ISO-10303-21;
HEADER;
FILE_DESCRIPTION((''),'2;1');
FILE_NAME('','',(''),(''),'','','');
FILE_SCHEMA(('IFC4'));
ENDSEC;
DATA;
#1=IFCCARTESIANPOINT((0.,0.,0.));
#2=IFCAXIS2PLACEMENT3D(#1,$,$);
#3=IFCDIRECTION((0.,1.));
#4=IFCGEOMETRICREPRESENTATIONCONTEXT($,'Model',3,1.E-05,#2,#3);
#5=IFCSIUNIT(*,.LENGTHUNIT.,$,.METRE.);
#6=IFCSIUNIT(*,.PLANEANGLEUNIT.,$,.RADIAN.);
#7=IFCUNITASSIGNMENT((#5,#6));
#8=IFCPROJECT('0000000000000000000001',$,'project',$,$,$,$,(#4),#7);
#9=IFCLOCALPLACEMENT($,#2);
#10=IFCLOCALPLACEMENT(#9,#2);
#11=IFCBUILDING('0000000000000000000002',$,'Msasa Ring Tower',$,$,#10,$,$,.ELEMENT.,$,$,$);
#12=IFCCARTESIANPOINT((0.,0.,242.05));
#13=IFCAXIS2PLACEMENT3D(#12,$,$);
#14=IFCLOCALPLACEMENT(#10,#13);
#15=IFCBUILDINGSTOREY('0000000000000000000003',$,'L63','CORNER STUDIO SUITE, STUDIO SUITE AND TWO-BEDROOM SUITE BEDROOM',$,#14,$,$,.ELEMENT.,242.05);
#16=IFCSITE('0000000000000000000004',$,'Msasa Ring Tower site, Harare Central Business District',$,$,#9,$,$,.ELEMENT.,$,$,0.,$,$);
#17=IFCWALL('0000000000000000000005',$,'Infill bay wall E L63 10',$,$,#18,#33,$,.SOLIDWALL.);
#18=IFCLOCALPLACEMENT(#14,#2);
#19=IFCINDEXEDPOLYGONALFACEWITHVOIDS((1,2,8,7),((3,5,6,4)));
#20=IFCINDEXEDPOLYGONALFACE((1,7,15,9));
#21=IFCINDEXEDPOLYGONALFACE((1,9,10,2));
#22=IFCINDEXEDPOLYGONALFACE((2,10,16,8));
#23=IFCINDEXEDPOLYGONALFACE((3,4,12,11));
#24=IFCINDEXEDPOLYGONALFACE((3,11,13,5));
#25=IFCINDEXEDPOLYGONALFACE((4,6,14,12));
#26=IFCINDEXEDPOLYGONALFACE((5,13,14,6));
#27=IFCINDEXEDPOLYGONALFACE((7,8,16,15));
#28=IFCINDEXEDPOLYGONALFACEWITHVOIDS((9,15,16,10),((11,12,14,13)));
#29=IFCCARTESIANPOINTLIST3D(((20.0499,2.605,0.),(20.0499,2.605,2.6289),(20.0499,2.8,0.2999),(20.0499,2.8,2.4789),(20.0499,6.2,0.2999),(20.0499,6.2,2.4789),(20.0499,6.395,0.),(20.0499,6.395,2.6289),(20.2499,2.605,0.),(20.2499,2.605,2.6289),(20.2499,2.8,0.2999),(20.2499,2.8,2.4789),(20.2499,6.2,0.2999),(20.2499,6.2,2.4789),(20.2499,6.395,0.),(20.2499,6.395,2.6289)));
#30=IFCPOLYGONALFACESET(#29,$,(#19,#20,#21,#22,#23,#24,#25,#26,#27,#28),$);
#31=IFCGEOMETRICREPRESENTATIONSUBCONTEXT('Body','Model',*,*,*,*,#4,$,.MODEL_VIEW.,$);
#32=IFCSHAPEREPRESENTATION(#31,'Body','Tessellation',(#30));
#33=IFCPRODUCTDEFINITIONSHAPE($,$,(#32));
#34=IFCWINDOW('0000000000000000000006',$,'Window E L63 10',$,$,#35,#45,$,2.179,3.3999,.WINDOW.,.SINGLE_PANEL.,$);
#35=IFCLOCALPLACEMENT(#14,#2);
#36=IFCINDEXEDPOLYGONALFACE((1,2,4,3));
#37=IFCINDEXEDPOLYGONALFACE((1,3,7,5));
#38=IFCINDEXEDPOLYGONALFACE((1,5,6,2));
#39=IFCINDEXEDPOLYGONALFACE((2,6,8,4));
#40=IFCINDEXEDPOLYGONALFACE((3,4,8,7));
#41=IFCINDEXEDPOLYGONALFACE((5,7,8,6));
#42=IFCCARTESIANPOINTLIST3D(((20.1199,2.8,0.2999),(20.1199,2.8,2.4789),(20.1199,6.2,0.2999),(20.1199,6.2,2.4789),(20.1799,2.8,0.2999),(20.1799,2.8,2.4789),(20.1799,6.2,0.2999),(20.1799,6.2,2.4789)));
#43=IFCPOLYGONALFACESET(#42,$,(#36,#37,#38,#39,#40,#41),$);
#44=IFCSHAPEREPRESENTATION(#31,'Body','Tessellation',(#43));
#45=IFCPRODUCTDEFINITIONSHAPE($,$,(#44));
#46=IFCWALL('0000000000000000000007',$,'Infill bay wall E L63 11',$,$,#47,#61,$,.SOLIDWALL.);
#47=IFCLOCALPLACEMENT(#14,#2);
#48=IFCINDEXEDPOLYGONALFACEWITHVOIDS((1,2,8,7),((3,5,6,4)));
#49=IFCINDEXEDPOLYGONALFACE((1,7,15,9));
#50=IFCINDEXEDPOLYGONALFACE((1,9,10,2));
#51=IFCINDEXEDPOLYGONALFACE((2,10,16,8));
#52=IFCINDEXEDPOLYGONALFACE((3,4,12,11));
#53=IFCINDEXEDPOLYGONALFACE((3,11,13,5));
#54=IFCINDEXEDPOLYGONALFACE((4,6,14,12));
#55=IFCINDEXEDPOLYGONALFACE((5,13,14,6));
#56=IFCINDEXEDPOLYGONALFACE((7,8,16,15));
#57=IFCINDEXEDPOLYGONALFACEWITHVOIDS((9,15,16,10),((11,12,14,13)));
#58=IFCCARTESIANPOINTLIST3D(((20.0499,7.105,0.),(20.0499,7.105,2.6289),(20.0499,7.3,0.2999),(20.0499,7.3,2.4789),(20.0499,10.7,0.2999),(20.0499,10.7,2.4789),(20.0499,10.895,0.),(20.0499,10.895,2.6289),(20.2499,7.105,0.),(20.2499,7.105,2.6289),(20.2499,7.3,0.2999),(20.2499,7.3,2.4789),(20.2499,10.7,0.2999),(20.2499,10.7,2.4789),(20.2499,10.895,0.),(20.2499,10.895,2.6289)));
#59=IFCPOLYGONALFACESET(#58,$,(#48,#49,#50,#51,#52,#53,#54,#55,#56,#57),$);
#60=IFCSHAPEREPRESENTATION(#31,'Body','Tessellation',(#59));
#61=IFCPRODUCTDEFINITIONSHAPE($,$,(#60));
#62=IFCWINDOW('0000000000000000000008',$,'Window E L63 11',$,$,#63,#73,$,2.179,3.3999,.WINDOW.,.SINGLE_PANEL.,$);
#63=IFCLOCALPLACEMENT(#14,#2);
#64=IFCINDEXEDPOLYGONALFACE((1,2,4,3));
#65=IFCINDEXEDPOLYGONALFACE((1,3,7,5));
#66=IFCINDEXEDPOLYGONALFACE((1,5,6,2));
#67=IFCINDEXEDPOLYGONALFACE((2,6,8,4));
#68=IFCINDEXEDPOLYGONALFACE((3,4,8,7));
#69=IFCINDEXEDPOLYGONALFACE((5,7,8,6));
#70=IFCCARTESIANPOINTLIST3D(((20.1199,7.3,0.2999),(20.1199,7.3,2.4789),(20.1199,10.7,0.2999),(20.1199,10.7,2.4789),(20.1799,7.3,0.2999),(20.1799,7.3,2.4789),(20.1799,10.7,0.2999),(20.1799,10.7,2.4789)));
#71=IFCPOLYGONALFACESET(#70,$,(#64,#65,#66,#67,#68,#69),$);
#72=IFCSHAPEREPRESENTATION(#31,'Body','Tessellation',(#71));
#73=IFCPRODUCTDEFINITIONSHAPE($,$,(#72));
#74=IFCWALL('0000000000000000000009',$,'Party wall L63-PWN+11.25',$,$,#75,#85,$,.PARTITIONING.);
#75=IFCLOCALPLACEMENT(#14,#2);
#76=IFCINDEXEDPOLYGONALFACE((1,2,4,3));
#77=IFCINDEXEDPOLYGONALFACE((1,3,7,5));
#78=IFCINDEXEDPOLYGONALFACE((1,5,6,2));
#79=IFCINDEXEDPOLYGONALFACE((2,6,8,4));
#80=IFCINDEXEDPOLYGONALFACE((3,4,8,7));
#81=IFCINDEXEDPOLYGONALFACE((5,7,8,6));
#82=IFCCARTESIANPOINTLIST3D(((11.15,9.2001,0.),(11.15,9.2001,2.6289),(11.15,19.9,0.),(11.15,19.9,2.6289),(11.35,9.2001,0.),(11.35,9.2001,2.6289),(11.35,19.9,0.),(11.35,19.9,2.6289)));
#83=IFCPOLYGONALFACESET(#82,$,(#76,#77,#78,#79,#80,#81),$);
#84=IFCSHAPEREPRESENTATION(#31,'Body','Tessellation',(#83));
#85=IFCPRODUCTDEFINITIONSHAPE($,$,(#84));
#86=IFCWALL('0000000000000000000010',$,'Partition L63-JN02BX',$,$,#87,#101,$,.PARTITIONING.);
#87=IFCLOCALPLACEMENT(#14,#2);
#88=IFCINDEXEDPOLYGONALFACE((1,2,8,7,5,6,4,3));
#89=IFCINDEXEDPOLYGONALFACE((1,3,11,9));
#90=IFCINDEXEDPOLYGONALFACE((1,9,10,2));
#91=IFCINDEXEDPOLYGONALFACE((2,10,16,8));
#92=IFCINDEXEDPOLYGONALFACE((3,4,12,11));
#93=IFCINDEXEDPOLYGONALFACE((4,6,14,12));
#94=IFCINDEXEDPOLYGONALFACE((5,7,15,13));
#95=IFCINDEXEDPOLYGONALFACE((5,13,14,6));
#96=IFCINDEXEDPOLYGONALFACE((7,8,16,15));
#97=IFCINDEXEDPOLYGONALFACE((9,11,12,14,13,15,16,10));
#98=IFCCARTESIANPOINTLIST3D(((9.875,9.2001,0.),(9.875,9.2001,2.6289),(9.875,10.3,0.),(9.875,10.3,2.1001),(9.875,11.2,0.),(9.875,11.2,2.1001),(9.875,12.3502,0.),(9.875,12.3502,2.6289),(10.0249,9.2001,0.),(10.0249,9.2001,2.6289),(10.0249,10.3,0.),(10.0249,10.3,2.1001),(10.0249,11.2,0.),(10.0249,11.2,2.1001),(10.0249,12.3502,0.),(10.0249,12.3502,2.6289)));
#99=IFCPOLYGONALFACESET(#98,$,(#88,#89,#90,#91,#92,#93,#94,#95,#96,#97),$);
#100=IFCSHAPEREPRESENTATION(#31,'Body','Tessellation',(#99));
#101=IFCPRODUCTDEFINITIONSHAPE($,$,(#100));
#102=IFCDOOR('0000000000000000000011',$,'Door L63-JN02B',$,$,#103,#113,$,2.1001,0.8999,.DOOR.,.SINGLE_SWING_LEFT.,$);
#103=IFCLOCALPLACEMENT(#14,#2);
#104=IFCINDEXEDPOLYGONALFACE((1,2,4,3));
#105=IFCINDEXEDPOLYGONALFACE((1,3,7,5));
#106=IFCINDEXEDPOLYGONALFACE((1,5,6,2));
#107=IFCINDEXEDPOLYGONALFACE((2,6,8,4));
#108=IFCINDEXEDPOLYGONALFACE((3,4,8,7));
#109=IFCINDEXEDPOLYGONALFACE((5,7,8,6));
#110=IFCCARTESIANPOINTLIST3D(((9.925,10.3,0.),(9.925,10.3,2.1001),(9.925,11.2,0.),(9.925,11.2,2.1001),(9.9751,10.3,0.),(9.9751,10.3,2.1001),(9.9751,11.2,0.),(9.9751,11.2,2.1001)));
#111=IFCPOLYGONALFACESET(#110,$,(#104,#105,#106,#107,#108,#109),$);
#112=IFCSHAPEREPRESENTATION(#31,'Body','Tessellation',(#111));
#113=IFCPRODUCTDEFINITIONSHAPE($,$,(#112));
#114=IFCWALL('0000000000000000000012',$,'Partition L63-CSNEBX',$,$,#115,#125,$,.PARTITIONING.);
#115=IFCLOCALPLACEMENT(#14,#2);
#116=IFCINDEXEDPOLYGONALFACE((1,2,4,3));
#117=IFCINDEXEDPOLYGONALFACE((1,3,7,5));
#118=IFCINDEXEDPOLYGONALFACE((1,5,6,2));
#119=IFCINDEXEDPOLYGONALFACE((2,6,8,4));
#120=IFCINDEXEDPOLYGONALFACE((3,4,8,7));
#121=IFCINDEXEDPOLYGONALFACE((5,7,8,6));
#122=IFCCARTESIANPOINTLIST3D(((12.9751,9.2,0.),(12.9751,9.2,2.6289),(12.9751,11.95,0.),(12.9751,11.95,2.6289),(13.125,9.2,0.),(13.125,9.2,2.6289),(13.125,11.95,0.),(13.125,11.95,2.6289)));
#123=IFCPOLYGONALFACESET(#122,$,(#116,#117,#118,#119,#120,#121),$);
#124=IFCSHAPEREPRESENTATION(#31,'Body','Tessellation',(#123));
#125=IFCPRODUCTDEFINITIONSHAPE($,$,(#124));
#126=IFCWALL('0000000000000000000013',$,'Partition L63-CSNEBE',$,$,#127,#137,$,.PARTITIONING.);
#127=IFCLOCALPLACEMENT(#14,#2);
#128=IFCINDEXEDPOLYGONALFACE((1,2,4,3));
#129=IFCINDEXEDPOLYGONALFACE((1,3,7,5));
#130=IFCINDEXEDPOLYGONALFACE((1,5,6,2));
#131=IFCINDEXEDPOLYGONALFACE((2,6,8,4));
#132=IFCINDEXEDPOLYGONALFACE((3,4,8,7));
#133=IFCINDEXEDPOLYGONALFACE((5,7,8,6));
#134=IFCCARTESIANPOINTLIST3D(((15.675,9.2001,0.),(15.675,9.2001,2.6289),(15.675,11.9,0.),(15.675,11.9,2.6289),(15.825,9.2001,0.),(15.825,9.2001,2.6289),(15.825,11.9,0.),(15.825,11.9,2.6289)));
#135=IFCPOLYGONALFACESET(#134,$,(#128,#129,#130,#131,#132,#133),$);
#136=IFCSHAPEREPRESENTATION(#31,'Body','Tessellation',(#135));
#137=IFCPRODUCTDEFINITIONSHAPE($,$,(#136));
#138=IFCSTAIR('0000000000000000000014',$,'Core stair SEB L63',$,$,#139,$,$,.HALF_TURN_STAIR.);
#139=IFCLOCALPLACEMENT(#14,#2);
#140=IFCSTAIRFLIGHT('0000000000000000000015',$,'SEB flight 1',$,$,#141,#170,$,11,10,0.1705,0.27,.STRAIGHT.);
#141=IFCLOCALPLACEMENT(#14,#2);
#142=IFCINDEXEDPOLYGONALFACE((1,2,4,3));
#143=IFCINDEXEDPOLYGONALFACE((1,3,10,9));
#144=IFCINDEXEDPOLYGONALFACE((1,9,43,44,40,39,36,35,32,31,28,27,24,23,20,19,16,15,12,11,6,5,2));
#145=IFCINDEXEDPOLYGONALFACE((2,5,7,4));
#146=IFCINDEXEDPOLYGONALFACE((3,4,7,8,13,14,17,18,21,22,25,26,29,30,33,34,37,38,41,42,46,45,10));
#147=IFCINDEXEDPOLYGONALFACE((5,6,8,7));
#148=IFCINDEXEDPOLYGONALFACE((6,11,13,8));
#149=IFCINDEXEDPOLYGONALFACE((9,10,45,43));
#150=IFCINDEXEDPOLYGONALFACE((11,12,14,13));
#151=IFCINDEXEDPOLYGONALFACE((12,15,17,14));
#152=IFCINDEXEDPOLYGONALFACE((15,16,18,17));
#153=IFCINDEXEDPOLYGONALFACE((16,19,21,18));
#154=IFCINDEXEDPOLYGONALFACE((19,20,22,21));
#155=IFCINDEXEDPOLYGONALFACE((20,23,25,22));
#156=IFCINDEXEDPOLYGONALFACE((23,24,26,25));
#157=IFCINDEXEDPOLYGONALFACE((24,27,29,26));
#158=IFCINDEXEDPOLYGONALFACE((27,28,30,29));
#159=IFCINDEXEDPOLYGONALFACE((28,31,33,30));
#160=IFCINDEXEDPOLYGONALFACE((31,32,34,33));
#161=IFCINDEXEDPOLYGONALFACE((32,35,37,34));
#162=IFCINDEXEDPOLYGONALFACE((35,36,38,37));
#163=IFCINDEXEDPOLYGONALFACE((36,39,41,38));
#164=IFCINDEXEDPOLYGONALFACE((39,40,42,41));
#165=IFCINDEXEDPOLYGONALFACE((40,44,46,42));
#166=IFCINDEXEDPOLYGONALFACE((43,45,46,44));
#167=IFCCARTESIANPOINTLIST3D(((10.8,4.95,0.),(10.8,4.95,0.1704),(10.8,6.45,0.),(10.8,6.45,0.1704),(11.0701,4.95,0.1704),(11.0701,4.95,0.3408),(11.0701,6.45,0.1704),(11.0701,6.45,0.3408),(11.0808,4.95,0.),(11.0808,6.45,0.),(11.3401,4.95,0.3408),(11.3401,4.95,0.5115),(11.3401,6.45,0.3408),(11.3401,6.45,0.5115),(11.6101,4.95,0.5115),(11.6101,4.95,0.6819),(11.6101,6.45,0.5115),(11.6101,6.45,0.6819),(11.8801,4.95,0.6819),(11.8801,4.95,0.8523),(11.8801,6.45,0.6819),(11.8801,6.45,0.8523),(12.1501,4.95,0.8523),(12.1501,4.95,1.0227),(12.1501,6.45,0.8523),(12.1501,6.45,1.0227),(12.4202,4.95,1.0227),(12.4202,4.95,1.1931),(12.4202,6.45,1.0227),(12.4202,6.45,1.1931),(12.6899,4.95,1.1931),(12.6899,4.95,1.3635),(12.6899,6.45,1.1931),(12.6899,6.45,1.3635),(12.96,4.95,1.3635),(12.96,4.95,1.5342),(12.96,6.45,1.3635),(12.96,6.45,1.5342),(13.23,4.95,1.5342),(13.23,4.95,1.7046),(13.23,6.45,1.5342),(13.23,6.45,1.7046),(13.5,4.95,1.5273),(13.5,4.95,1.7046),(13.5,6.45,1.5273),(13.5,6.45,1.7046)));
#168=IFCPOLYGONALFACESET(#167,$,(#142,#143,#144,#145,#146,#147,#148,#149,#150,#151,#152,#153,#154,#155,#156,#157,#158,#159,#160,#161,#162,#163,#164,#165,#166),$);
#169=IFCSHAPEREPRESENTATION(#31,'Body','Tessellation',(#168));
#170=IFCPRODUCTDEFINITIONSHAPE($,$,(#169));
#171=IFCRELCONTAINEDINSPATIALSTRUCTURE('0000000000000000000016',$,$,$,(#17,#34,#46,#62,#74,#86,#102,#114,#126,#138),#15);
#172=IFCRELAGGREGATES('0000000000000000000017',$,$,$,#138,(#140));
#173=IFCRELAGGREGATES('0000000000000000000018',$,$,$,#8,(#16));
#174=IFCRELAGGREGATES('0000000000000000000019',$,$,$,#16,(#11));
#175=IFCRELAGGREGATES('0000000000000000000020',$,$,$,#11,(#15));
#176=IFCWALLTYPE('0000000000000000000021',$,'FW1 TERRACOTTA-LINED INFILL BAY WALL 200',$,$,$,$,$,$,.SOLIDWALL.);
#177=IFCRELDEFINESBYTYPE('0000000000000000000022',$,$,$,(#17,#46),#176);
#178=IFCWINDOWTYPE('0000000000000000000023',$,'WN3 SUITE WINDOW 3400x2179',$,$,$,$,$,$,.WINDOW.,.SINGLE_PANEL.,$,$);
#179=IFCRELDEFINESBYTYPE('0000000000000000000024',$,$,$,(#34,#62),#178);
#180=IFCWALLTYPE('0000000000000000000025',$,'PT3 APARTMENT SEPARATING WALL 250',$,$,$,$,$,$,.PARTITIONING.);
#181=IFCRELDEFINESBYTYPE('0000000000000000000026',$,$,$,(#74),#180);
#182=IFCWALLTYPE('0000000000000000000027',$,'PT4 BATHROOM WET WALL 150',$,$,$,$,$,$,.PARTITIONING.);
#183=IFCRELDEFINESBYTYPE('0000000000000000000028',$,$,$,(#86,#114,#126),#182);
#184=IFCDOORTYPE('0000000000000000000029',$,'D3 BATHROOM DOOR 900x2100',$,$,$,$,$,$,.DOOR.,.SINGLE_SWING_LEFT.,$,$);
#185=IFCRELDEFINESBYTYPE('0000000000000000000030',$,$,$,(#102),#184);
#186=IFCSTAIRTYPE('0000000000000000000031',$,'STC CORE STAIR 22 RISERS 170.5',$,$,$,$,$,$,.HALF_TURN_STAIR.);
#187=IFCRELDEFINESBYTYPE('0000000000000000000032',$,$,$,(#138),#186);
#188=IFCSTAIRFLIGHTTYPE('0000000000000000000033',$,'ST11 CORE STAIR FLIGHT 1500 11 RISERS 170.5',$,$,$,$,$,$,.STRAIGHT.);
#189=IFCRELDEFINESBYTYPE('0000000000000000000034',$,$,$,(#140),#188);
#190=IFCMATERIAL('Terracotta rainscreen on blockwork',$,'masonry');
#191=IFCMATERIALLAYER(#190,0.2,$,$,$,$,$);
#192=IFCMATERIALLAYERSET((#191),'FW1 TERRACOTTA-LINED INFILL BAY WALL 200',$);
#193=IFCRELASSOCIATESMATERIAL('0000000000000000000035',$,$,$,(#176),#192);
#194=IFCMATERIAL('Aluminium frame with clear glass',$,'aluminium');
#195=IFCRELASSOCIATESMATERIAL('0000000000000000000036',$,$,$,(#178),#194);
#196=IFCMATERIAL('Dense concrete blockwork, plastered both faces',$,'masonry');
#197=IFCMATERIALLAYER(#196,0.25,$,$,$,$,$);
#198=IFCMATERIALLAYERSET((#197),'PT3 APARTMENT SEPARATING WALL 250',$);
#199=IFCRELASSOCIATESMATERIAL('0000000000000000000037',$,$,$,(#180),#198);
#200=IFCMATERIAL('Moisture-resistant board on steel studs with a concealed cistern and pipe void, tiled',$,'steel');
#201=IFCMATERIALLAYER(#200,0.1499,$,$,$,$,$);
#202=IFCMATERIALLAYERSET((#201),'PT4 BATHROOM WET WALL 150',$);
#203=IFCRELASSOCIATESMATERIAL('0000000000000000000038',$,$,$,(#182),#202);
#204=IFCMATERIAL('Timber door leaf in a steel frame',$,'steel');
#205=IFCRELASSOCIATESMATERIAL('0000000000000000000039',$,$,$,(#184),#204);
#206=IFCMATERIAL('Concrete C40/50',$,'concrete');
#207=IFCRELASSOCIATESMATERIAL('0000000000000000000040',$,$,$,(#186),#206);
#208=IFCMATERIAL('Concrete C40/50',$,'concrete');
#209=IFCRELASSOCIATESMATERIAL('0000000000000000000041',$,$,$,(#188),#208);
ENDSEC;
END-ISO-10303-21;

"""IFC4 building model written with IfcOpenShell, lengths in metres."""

from ifc_helpers import new_model, si_unit, direction, frame, frame_2d, origin, place, context, subcontext, project, spatial, polyline, rectangle, outline, extrude, material, layer, layer_set, type_object, element, fill, aggregate, save


model = new_model("IFC4")

# Units and contexts
model_context = context("Model", 3, precision=1e-05, world=origin(), true_north=direction((0.0, 1.0)))
body_context = subcontext(model_context, "Body", "Model", "MODEL_VIEW")
ifc_project = project(units=[si_unit("LENGTHUNIT", "METRE"), si_unit("PLANEANGLEUNIT", "RADIAN")], contexts=[model_context])

# Site, building, storey
site_placement = place(None, origin())
site = spatial("IfcSite", under=ifc_project, at=site_placement, Name="Msasa Ring Tower site, Harare Central Business District", CompositionType="ELEMENT", RefElevation=0.0)
building_placement = place(site_placement, origin())
building = spatial("IfcBuilding", under=site, at=building_placement, Name="Msasa Ring Tower", CompositionType="ELEMENT")
storey_placement = place(building_placement, frame((0.0, 0.0, 242.05)))
storey = spatial("IfcBuildingStorey", under=building, at=storey_placement, Name="L63", Description="CORNER STUDIO SUITE, STUDIO SUITE AND TWO-BEDROOM SUITE BEDROOM", CompositionType="ELEMENT", Elevation=242.05)

# Walls, openings, windows
ifc_material_1 = material(Name="Terracotta rainscreen on blockwork", Category="masonry")
ifc_layer_1 = layer(ifc_material_1, 0.2)
ifc_layer_set_1 = layer_set([ifc_layer_1], Name="FW1 TERRACOTTA-LINED INFILL BAY WALL 200")
wall_type_1 = type_object("IfcWallType", Name="FW1 TERRACOTTA-LINED INFILL BAY WALL 200", PredefinedType="SOLIDWALL", material=ifc_layer_set_1)
wall_1_placement = place(storey_placement, frame((20.1499, 2.605, 0.0), z_axis=(0.0, 0.0, 1.0), x_axis=(0.0, 1.0, 0.0)))
wall_1 = element("IfcWall", 1, at=wall_1_placement, inside=storey, type_object=wall_type_1, Name="Infill bay wall E L63 10", PredefinedType="SOLIDWALL", context=body_context, shape_type="SweptSolid", body=[
    extrude(rectangle(XDim=3.79, YDim=0.2, at=frame_2d((1.895, 0.0))), origin(), (0.0, 0.0, 1.0), 2.6289),
])
opening_1_placement = place(wall_1_placement, frame((0.1951, 0.0, 0.3)))
opening_1 = element("IfcOpeningElement", 2, at=opening_1_placement, cuts=wall_1, PredefinedType="OPENING", context=body_context, shape_type="SweptSolid", body=[
    extrude(rectangle(XDim=3.3999, YDim=2.179, at=frame_2d((1.7, 1.0894))), frame((0.0, 0.1099, 0.0), z_axis=(0.0, -1.0, 0.0), x_axis=(1.0, 0.0, 0.0)), (0.0, 0.0, 1.0), 0.22),
])
ifc_material_2 = material(Name="Aluminium frame with clear glass", Category="aluminium")
window_type = type_object("IfcWindowType", Name="WN3 SUITE WINDOW 3400x2179", PartitioningType="SINGLE_PANEL", PredefinedType="WINDOW", material=ifc_material_2)
window_1_placement = place(opening_1_placement, origin())
window_1 = element("IfcWindow", 3, at=window_1_placement, inside=storey, type_object=window_type, Name="Window E L63 10", OverallHeight=2.179, OverallWidth=3.3999, PartitioningType="SINGLE_PANEL", PredefinedType="WINDOW", context=body_context, shape_type="SweptSolid", body=[
    extrude(rectangle(XDim=3.3999, YDim=2.179, at=frame_2d((1.7, 1.0894))), frame((0.0, 0.03, 0.0), z_axis=(0.0, -1.0, 0.0), x_axis=(1.0, 0.0, 0.0)), (0.0, 0.0, 1.0), 0.0601),
])
fill(opening_1, window_1)
wall_2_placement = place(storey_placement, frame((20.1499, 7.105, 0.0), z_axis=(0.0, 0.0, 1.0), x_axis=(0.0, 1.0, 0.0)))
wall_2 = element("IfcWall", 4, at=wall_2_placement, inside=storey, type_object=wall_type_1, Name="Infill bay wall E L63 11", PredefinedType="SOLIDWALL", context=body_context, shape_type="SweptSolid", body=[
    extrude(rectangle(XDim=3.79, YDim=0.2, at=frame_2d((1.895, 0.0))), origin(), (0.0, 0.0, 1.0), 2.6289),
])
opening_2_placement = place(wall_2_placement, frame((0.1951, 0.0, 0.3)))
opening_2 = element("IfcOpeningElement", 5, at=opening_2_placement, cuts=wall_2, PredefinedType="OPENING", context=body_context, shape_type="SweptSolid", body=[
    extrude(rectangle(XDim=3.3999, YDim=2.179, at=frame_2d((1.7, 1.0894))), frame((0.0, 0.1099, 0.0), z_axis=(0.0, -1.0, 0.0), x_axis=(1.0, 0.0, 0.0)), (0.0, 0.0, 1.0), 0.22),
])
window_2_placement = place(opening_2_placement, origin())
window_2 = element("IfcWindow", 6, at=window_2_placement, inside=storey, type_object=window_type, Name="Window E L63 11", OverallHeight=2.179, OverallWidth=3.3999, PartitioningType="SINGLE_PANEL", PredefinedType="WINDOW", context=body_context, shape_type="SweptSolid", body=[
    extrude(rectangle(XDim=3.3999, YDim=2.179, at=frame_2d((1.7, 1.0894))), frame((0.0, 0.03, 0.0), z_axis=(0.0, -1.0, 0.0), x_axis=(1.0, 0.0, 0.0)), (0.0, 0.0, 1.0), 0.0601),
])
fill(opening_2, window_2)

# Wall
ifc_material_3 = material(Name="Dense concrete blockwork, plastered both faces", Category="masonry")
ifc_layer_2 = layer(ifc_material_3, 0.25)
ifc_layer_set_2 = layer_set([ifc_layer_2], Name="PT3 APARTMENT SEPARATING WALL 250")
wall_type_2 = type_object("IfcWallType", Name="PT3 APARTMENT SEPARATING WALL 250", PredefinedType="PARTITIONING", material=ifc_layer_set_2)
wall_3_placement = place(storey_placement, frame((11.25, 9.2, 0.0), z_axis=(0.0, 0.0, 1.0), x_axis=(0.0, 1.0, 0.0)))
element("IfcWall", 7, at=wall_3_placement, inside=storey, type_object=wall_type_2, Name="Party wall L63-PWN+11.25", PredefinedType="PARTITIONING", context=body_context, shape_type="SweptSolid", body=[
    extrude(rectangle(XDim=10.7, YDim=0.2, at=frame_2d((5.3501, 0.0))), origin(), (0.0, 0.0, 1.0), 2.6289),
])

# Wall, opening, door
ifc_material_4 = material(Name="Moisture-resistant board on steel studs with a concealed cistern and pipe void, tiled", Category="steel")
ifc_layer_3 = layer(ifc_material_4, 0.1499)
ifc_layer_set_3 = layer_set([ifc_layer_3], Name="PT4 BATHROOM WET WALL 150")
wall_type_3 = type_object("IfcWallType", Name="PT4 BATHROOM WET WALL 150", PredefinedType="PARTITIONING", material=ifc_layer_set_3)
wall_4_placement = place(storey_placement, frame((9.95, 9.2, 0.0), z_axis=(0.0, 0.0, 1.0), x_axis=(0.0, 1.0, 0.0)))
wall_4 = element("IfcWall", 8, at=wall_4_placement, inside=storey, type_object=wall_type_3, Name="Partition L63-JN02BX", PredefinedType="PARTITIONING", context=body_context, shape_type="SweptSolid", body=[
    extrude(rectangle(XDim=3.1501, YDim=0.1499, at=frame_2d((1.5752, 0.0))), origin(), (0.0, 0.0, 1.0), 2.6289),
])
opening_3_placement = place(wall_4_placement, frame((1.1001, 0.0, 0.0)))
opening_3 = element("IfcOpeningElement", 9, at=opening_3_placement, cuts=wall_4, PredefinedType="OPENING", context=body_context, shape_type="SweptSolid", body=[
    extrude(rectangle(XDim=0.8999, YDim=2.1001, at=frame_2d((0.45, 1.05))), frame((0.0, 0.085, 0.0), z_axis=(0.0, -1.0, 0.0), x_axis=(1.0, 0.0, 0.0)), (0.0, 0.0, 1.0), 0.1699),
])
ifc_material_5 = material(Name="Timber door leaf in a steel frame", Category="steel")
door_type = type_object("IfcDoorType", Name="D3 BATHROOM DOOR 900x2100", OperationType="SINGLE_SWING_LEFT", PredefinedType="DOOR", material=ifc_material_5)
door_placement = place(opening_3_placement, origin())
door = element("IfcDoor", 10, at=door_placement, inside=storey, type_object=door_type, Name="Door L63-JN02B", OperationType="SINGLE_SWING_LEFT", OverallHeight=2.1001, OverallWidth=0.8999, PredefinedType="DOOR", context=body_context, shape_type="SweptSolid", body=[
    extrude(rectangle(XDim=0.8999, YDim=2.1001, at=frame_2d((0.45, 1.05))), frame((0.0, 0.0249, 0.0), z_axis=(0.0, -1.0, 0.0), x_axis=(1.0, 0.0, 0.0)), (0.0, 0.0, 1.0), 0.05),
])
fill(opening_3, door)

# Walls
wall_5_placement = place(storey_placement, frame((13.05, 9.2, 0.0), z_axis=(0.0, 0.0, 1.0), x_axis=(0.0, 1.0, 0.0)))
element("IfcWall", 11, at=wall_5_placement, inside=storey, type_object=wall_type_3, Name="Partition L63-CSNEBX", PredefinedType="PARTITIONING", context=body_context, shape_type="SweptSolid", body=[
    extrude(rectangle(XDim=2.75, YDim=0.1499, at=frame_2d((1.375, 0.0))), origin(), (0.0, 0.0, 1.0), 2.6289),
])
wall_6_placement = place(storey_placement, frame((15.75, 9.2, 0.0), z_axis=(0.0, 0.0, 1.0), x_axis=(0.0, 1.0, 0.0)))
element("IfcWall", 12, at=wall_6_placement, inside=storey, type_object=wall_type_3, Name="Partition L63-CSNEBE", PredefinedType="PARTITIONING", context=body_context, shape_type="SweptSolid", body=[
    extrude(rectangle(XDim=2.7, YDim=0.1499, at=frame_2d((1.3501, 0.0))), origin(), (0.0, 0.0, 1.0), 2.6289),
])

# Stair, stair flight
ifc_material_6 = material(Name="Concrete C40/50", Category="concrete")
stair_type = type_object("IfcStairType", Name="STC CORE STAIR 22 RISERS 170.5", PredefinedType="HALF_TURN_STAIR", material=ifc_material_6)
stair_placement = place(storey_placement, origin())
stair = element("IfcStair", 13, at=stair_placement, inside=storey, type_object=stair_type, Name="Core stair SEB L63", PredefinedType="HALF_TURN_STAIR")
ifc_material_7 = material(Name="Concrete C40/50", Category="concrete")
stair_flight_type = type_object("IfcStairFlightType", Name="ST11 CORE STAIR FLIGHT 1500 11 RISERS 170.5", PredefinedType="STRAIGHT", material=ifc_material_7)
stair_flight_1_placement = place(storey_placement, frame((10.8, 5.7, 0.0), z_axis=(0.0, 0.0, 1.0), x_axis=(1.0, 0.0, 0.0)))
stair_flight_1 = element("IfcStairFlight", 14, at=stair_flight_1_placement, type_object=stair_flight_type, Name="SEB flight 1", NumberOfRisers=11, NumberOfTreads=10, PredefinedType="STRAIGHT", RiserHeight=0.1705, TreadLength=0.27, context=body_context, shape_type="SweptSolid", body=[
    extrude(outline(polyline([(0.0, 0.0), (0.0, 0.1704), (0.27, 0.1704), (0.27, 0.3408), (0.54, 0.3408), (0.54, 0.5115), (0.8101, 0.5115), (0.8101, 0.6819), (1.0801, 0.6819), (1.0801, 0.8523), (1.3501, 0.8523), (1.3501, 1.0227), (1.6201, 1.0227), (1.6201, 1.1931), (1.8899, 1.1931), (1.8899, 1.3635), (2.1599, 1.3635), (2.1599, 1.5342), (2.4299, 1.5342), (2.4299, 1.7046), (2.7, 1.7046), (2.7, 1.875), (2.7, 1.5273), (0.2808, 0.0), (0.0, 0.0)])), frame((0.0, 0.75, 0.0), z_axis=(0.0, -1.0, 0.0), x_axis=(1.0, 0.0, 0.0)), (0.0, 0.0, 1.0), 1.5),
])
aggregate(stair, [stair_flight_1])

save(model, "model.ifc")
